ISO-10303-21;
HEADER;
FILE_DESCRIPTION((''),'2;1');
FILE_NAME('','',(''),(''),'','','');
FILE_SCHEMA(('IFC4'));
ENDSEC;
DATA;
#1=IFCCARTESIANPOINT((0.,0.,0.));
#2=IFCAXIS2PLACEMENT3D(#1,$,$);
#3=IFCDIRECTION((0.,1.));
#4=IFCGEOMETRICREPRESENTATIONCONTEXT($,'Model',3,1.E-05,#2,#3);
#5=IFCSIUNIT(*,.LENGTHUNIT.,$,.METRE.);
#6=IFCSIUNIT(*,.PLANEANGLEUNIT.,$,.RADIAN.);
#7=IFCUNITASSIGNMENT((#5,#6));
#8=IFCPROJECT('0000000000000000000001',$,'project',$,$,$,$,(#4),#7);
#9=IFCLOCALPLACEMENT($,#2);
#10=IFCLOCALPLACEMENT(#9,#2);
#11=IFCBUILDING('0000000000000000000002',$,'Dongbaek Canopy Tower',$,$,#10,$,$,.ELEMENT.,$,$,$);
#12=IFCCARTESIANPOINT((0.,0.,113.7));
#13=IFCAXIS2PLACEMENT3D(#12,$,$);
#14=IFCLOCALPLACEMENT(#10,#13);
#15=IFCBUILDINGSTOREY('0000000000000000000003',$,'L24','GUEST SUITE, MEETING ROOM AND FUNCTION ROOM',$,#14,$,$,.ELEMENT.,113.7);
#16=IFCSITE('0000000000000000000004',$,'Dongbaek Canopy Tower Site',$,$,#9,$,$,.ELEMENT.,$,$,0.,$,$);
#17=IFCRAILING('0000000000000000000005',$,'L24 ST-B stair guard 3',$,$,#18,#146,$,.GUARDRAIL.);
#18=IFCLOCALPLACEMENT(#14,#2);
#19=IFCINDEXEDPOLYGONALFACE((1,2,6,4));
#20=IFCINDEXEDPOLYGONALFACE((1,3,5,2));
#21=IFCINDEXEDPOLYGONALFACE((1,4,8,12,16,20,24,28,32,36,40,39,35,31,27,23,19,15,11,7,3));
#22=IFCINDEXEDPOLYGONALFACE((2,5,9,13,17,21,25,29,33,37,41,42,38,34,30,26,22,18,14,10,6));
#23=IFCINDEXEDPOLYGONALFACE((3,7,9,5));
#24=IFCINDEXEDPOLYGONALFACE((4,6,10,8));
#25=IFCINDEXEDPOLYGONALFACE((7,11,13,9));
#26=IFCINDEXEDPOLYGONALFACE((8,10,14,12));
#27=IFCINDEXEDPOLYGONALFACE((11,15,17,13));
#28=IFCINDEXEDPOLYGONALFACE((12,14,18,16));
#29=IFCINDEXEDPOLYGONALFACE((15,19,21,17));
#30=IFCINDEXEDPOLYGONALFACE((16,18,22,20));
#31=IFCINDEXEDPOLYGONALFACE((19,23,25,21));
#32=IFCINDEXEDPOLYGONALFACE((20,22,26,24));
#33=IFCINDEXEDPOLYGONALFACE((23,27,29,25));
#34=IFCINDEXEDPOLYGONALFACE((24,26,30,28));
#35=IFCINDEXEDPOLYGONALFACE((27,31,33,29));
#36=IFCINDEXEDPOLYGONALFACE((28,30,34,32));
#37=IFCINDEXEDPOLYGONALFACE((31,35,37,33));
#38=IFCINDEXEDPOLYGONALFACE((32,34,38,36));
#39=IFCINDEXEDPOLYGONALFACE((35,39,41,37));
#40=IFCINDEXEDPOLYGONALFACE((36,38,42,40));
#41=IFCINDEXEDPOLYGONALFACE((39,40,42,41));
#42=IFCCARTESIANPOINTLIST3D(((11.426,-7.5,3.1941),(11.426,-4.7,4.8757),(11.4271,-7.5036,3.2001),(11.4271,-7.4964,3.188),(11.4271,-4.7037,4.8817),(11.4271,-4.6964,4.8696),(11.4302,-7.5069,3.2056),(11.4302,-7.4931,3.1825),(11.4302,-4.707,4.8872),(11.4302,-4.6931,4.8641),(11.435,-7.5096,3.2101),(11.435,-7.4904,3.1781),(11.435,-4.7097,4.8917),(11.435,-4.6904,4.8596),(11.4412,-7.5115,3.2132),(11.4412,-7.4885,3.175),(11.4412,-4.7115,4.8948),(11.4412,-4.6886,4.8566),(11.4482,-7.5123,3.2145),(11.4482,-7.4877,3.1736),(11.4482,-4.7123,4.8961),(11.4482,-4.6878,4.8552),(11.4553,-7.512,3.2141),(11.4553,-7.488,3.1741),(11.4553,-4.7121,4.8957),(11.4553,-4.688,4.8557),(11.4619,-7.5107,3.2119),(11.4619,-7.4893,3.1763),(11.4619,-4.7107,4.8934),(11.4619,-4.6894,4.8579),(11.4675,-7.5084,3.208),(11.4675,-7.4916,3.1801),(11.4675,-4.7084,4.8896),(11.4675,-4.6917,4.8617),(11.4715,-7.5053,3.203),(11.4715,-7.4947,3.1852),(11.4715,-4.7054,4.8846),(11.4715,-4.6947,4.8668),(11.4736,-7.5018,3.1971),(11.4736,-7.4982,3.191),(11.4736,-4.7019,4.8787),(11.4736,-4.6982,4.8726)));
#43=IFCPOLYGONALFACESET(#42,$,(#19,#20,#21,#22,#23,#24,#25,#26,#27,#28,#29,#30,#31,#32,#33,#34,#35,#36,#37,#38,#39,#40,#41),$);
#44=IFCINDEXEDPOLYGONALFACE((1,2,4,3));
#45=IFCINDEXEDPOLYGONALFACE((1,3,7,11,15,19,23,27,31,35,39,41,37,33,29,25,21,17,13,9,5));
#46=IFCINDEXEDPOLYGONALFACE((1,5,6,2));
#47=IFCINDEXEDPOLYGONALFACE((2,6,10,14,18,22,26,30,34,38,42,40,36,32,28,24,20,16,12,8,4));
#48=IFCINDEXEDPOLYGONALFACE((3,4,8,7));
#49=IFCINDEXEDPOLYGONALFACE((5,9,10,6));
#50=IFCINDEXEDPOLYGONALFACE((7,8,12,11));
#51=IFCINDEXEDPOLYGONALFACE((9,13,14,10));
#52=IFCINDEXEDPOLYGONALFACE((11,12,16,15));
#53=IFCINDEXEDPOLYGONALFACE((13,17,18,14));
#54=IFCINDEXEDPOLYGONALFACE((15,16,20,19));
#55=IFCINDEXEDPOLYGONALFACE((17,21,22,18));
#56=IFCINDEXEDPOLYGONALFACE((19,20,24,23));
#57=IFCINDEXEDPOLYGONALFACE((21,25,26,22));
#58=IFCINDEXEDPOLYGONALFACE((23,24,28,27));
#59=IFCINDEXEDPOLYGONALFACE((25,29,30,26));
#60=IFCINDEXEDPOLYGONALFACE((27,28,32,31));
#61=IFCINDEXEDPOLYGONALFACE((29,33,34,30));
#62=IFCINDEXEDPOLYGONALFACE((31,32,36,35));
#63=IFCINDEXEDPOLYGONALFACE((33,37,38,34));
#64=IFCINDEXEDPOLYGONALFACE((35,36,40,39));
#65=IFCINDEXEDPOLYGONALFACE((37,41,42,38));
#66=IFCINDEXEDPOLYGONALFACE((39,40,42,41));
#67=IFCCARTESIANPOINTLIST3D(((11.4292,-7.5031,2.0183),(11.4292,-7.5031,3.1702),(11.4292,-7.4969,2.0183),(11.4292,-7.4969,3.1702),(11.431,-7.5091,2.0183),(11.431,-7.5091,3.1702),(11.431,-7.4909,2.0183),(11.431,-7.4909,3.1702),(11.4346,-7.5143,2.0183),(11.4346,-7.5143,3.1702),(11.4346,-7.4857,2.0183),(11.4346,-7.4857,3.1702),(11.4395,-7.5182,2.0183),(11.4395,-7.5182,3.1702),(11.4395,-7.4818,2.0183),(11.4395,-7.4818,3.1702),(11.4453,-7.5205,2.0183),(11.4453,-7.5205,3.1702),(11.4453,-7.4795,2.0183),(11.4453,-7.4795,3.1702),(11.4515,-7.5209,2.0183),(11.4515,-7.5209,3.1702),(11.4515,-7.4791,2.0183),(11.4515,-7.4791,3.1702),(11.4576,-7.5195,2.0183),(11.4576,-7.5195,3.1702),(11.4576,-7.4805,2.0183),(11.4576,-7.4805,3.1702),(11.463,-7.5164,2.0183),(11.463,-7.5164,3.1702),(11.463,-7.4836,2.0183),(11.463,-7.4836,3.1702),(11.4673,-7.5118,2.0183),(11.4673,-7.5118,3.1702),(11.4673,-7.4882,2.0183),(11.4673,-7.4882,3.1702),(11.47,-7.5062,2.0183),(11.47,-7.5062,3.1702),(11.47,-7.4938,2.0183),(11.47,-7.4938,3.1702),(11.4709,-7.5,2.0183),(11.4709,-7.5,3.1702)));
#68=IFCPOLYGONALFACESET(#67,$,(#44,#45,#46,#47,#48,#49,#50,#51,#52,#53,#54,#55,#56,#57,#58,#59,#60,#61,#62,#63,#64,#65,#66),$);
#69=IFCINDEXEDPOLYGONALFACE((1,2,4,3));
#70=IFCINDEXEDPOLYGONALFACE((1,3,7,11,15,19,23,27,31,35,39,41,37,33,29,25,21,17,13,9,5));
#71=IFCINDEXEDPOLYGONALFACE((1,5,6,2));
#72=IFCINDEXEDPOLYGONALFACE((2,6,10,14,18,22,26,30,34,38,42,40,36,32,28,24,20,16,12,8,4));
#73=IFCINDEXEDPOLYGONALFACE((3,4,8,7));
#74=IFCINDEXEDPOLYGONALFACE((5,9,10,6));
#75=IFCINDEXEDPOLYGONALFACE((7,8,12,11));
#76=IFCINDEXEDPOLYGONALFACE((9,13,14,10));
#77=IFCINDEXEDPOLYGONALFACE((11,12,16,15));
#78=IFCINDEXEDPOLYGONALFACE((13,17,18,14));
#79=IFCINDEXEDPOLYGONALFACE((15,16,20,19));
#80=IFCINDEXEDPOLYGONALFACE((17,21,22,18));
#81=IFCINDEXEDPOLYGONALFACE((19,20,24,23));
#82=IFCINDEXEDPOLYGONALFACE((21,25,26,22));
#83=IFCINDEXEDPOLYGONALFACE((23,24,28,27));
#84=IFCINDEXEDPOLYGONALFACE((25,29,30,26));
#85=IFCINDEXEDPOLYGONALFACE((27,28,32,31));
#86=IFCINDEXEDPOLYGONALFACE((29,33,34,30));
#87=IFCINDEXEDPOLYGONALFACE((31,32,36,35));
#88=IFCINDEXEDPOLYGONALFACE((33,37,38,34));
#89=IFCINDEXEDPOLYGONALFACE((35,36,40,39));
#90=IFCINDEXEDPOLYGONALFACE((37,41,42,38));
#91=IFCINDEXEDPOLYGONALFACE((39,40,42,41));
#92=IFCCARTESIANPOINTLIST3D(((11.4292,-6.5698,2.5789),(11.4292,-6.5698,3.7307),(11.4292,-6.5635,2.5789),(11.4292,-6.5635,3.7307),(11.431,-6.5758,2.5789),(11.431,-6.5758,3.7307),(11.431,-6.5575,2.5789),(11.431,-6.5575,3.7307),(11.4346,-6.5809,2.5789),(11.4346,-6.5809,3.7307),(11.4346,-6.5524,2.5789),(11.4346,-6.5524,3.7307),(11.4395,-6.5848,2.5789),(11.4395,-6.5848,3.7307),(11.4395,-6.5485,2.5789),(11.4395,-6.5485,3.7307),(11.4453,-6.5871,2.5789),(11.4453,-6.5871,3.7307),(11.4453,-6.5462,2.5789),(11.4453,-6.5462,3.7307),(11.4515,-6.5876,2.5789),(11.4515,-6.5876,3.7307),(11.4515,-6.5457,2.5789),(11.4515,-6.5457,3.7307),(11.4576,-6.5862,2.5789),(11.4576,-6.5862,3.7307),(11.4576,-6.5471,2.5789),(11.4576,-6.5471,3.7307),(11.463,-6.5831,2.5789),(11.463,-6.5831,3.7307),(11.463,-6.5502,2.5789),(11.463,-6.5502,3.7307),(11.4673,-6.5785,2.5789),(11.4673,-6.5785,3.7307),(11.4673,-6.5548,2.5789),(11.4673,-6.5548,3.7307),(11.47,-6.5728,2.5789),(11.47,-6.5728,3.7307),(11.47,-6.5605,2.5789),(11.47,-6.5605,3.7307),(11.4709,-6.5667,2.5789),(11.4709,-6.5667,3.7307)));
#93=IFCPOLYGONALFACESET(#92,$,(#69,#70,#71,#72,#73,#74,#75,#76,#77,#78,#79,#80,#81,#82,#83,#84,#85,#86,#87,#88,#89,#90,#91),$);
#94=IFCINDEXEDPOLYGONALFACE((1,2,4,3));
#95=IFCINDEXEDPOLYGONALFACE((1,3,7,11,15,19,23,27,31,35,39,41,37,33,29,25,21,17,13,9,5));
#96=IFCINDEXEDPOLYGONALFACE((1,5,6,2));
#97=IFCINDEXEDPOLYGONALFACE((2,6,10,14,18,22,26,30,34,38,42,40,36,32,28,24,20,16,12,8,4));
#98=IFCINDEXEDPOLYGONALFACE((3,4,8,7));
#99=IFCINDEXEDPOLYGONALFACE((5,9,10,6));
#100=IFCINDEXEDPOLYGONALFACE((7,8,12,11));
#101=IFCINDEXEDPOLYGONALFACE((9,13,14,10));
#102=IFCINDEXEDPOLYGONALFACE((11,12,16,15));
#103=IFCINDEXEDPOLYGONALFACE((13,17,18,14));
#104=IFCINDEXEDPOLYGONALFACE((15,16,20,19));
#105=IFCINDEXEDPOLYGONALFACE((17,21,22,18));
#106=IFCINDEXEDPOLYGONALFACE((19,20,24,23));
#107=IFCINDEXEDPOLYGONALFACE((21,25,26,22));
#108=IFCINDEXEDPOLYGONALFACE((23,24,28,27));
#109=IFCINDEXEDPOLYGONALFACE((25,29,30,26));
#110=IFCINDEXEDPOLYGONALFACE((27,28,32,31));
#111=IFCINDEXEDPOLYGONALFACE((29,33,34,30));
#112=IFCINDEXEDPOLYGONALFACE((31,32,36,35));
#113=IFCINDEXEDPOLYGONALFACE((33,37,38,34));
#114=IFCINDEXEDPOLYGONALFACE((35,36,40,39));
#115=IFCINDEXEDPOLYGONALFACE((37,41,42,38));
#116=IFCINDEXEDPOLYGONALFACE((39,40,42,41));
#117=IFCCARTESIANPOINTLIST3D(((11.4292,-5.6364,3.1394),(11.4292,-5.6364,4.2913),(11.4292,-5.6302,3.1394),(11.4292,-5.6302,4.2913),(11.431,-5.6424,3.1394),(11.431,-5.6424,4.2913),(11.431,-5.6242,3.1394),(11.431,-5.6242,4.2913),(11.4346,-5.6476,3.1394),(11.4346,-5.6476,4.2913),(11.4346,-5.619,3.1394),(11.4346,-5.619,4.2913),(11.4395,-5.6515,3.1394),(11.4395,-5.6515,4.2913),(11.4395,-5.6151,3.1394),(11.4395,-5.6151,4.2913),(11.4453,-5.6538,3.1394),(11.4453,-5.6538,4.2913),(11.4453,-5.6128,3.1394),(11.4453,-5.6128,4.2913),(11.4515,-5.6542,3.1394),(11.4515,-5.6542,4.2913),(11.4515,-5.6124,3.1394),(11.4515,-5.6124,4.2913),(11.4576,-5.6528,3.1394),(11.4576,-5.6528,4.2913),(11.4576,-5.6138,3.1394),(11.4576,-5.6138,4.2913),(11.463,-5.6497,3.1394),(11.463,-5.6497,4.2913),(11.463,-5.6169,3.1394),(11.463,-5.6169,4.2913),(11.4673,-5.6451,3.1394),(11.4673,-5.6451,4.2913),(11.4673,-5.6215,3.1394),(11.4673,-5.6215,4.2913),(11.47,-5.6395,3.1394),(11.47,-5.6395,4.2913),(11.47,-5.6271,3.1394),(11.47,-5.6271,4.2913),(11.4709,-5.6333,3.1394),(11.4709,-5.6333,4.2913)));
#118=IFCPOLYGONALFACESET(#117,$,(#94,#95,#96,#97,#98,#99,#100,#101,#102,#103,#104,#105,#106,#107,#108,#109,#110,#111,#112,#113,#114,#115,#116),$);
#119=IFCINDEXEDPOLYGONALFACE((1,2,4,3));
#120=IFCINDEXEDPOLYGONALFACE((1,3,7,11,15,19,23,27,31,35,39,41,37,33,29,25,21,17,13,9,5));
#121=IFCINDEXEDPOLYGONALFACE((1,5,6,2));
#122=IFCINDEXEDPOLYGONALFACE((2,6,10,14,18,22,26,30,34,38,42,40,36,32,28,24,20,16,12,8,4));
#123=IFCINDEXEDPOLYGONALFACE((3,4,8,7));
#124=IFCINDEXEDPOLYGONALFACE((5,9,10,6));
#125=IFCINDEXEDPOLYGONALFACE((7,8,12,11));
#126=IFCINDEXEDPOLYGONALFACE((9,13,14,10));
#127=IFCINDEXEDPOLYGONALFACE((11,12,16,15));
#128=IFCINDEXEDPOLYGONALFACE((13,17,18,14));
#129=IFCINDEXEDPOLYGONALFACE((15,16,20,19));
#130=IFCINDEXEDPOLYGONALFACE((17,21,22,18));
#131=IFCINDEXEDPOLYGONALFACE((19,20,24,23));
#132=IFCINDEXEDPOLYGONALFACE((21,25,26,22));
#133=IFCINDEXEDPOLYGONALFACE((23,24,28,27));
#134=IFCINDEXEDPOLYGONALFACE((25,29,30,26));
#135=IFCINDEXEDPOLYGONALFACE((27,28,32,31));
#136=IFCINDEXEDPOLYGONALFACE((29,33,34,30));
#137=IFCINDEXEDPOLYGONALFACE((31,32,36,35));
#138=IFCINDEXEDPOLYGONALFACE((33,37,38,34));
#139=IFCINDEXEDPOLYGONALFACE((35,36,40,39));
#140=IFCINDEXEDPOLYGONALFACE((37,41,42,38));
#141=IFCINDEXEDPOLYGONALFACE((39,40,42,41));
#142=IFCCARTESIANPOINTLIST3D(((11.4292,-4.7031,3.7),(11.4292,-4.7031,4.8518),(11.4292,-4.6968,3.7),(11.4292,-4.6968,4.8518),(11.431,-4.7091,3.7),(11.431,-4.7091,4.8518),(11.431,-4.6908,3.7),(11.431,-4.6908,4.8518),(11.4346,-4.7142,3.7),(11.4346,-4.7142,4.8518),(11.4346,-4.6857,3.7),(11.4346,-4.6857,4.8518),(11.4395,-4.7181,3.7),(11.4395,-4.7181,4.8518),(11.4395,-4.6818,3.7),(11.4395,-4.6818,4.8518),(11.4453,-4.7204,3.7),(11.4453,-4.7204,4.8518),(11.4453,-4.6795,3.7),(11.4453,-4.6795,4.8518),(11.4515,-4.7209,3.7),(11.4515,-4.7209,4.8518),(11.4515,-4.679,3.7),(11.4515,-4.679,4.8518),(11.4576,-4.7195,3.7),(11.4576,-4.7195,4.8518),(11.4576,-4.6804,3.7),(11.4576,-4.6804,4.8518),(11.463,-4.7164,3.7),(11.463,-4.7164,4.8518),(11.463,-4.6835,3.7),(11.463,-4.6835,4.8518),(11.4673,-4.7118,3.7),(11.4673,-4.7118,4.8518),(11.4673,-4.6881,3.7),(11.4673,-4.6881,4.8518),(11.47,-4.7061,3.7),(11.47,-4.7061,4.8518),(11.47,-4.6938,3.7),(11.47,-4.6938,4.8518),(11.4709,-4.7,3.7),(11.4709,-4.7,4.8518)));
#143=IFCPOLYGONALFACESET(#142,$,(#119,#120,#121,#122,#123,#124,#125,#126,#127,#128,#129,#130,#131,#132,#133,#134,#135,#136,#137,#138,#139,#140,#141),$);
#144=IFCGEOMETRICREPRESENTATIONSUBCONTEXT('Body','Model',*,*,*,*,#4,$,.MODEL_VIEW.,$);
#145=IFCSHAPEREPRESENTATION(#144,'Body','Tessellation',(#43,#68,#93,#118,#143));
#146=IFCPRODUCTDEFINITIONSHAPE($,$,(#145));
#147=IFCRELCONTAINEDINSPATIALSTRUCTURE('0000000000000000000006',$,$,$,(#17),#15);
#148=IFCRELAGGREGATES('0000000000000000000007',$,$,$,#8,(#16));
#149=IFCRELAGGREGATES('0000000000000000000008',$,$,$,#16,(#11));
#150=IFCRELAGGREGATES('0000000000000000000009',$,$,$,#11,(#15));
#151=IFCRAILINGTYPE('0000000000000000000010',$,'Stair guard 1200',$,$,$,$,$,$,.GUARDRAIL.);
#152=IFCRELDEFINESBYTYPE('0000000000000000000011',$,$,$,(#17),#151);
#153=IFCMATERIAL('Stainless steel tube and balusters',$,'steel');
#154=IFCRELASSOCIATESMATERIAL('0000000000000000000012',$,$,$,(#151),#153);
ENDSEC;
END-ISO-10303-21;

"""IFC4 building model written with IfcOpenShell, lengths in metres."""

from ifc_helpers import new_model, si_unit, direction, frame, origin, origin_2d, place, context, subcontext, project, spatial, circle, extrude, material, type_object, element, save


model = new_model("IFC4")

# Units and contexts
model_context = context("Model", 3, precision=1e-05, world=origin(), true_north=direction((0.0, 1.0)))
body_context = subcontext(model_context, "Body", "Model", "MODEL_VIEW")
ifc_project = project(units=[si_unit("LENGTHUNIT", "METRE"), si_unit("PLANEANGLEUNIT", "RADIAN")], contexts=[model_context])

# Site, building, storey
site_placement = place(None, origin())
site = spatial("IfcSite", under=ifc_project, at=site_placement, Name="Dongbaek Canopy Tower Site", CompositionType="ELEMENT", RefElevation=0.0)
building_placement = place(site_placement, origin())
building = spatial("IfcBuilding", under=site, at=building_placement, Name="Dongbaek Canopy Tower", CompositionType="ELEMENT")
storey_placement = place(building_placement, frame((0.0, 0.0, 113.7)))
storey = spatial("IfcBuildingStorey", under=building, at=storey_placement, Name="L24", Description="GUEST SUITE, MEETING ROOM AND FUNCTION ROOM", CompositionType="ELEMENT", Elevation=113.7)

# Railing
ifc_material_1 = material(Name="Stainless steel tube and balusters", Category="steel")
railing_type_1 = type_object("IfcRailingType", Name="Stair guard 1200", PredefinedType="GUARDRAIL", material=ifc_material_1)
railing_1_placement = place(storey_placement, frame((11.45, -7.5, 2.0183)))
element("IfcRailing", 1, at=railing_1_placement, inside=storey, type_object=railing_type_1, Name="L24 ST-B stair guard 3", PredefinedType="GUARDRAIL", context=body_context, shape_type="SweptSolid", body=[
    extrude(circle(Radius=0.0239, at=origin_2d()), frame((0.0, 0.0, 1.1758), z_axis=(0.0, 0.857275, 0.514858), x_axis=(-1.0, 0.0, 0.0)), (0.0, 0.0, 1.0), 3.2661),
    extrude(circle(Radius=0.021, at=origin_2d()), origin(), (0.0, 0.0, 1.0), 1.1519),
    extrude(circle(Radius=0.021, at=origin_2d()), frame((0.0, 0.9333, 0.5605)), (0.0, 0.0, 1.0), 1.1519),
    extrude(circle(Radius=0.021, at=origin_2d()), frame((0.0, 1.8667, 1.1211)), (0.0, 0.0, 1.0), 1.1519),
    extrude(circle(Radius=0.021, at=origin_2d()), frame((0.0, 2.8, 1.6816)), (0.0, 0.0, 1.0), 1.1519),
])

save(model, "model.ifc")
